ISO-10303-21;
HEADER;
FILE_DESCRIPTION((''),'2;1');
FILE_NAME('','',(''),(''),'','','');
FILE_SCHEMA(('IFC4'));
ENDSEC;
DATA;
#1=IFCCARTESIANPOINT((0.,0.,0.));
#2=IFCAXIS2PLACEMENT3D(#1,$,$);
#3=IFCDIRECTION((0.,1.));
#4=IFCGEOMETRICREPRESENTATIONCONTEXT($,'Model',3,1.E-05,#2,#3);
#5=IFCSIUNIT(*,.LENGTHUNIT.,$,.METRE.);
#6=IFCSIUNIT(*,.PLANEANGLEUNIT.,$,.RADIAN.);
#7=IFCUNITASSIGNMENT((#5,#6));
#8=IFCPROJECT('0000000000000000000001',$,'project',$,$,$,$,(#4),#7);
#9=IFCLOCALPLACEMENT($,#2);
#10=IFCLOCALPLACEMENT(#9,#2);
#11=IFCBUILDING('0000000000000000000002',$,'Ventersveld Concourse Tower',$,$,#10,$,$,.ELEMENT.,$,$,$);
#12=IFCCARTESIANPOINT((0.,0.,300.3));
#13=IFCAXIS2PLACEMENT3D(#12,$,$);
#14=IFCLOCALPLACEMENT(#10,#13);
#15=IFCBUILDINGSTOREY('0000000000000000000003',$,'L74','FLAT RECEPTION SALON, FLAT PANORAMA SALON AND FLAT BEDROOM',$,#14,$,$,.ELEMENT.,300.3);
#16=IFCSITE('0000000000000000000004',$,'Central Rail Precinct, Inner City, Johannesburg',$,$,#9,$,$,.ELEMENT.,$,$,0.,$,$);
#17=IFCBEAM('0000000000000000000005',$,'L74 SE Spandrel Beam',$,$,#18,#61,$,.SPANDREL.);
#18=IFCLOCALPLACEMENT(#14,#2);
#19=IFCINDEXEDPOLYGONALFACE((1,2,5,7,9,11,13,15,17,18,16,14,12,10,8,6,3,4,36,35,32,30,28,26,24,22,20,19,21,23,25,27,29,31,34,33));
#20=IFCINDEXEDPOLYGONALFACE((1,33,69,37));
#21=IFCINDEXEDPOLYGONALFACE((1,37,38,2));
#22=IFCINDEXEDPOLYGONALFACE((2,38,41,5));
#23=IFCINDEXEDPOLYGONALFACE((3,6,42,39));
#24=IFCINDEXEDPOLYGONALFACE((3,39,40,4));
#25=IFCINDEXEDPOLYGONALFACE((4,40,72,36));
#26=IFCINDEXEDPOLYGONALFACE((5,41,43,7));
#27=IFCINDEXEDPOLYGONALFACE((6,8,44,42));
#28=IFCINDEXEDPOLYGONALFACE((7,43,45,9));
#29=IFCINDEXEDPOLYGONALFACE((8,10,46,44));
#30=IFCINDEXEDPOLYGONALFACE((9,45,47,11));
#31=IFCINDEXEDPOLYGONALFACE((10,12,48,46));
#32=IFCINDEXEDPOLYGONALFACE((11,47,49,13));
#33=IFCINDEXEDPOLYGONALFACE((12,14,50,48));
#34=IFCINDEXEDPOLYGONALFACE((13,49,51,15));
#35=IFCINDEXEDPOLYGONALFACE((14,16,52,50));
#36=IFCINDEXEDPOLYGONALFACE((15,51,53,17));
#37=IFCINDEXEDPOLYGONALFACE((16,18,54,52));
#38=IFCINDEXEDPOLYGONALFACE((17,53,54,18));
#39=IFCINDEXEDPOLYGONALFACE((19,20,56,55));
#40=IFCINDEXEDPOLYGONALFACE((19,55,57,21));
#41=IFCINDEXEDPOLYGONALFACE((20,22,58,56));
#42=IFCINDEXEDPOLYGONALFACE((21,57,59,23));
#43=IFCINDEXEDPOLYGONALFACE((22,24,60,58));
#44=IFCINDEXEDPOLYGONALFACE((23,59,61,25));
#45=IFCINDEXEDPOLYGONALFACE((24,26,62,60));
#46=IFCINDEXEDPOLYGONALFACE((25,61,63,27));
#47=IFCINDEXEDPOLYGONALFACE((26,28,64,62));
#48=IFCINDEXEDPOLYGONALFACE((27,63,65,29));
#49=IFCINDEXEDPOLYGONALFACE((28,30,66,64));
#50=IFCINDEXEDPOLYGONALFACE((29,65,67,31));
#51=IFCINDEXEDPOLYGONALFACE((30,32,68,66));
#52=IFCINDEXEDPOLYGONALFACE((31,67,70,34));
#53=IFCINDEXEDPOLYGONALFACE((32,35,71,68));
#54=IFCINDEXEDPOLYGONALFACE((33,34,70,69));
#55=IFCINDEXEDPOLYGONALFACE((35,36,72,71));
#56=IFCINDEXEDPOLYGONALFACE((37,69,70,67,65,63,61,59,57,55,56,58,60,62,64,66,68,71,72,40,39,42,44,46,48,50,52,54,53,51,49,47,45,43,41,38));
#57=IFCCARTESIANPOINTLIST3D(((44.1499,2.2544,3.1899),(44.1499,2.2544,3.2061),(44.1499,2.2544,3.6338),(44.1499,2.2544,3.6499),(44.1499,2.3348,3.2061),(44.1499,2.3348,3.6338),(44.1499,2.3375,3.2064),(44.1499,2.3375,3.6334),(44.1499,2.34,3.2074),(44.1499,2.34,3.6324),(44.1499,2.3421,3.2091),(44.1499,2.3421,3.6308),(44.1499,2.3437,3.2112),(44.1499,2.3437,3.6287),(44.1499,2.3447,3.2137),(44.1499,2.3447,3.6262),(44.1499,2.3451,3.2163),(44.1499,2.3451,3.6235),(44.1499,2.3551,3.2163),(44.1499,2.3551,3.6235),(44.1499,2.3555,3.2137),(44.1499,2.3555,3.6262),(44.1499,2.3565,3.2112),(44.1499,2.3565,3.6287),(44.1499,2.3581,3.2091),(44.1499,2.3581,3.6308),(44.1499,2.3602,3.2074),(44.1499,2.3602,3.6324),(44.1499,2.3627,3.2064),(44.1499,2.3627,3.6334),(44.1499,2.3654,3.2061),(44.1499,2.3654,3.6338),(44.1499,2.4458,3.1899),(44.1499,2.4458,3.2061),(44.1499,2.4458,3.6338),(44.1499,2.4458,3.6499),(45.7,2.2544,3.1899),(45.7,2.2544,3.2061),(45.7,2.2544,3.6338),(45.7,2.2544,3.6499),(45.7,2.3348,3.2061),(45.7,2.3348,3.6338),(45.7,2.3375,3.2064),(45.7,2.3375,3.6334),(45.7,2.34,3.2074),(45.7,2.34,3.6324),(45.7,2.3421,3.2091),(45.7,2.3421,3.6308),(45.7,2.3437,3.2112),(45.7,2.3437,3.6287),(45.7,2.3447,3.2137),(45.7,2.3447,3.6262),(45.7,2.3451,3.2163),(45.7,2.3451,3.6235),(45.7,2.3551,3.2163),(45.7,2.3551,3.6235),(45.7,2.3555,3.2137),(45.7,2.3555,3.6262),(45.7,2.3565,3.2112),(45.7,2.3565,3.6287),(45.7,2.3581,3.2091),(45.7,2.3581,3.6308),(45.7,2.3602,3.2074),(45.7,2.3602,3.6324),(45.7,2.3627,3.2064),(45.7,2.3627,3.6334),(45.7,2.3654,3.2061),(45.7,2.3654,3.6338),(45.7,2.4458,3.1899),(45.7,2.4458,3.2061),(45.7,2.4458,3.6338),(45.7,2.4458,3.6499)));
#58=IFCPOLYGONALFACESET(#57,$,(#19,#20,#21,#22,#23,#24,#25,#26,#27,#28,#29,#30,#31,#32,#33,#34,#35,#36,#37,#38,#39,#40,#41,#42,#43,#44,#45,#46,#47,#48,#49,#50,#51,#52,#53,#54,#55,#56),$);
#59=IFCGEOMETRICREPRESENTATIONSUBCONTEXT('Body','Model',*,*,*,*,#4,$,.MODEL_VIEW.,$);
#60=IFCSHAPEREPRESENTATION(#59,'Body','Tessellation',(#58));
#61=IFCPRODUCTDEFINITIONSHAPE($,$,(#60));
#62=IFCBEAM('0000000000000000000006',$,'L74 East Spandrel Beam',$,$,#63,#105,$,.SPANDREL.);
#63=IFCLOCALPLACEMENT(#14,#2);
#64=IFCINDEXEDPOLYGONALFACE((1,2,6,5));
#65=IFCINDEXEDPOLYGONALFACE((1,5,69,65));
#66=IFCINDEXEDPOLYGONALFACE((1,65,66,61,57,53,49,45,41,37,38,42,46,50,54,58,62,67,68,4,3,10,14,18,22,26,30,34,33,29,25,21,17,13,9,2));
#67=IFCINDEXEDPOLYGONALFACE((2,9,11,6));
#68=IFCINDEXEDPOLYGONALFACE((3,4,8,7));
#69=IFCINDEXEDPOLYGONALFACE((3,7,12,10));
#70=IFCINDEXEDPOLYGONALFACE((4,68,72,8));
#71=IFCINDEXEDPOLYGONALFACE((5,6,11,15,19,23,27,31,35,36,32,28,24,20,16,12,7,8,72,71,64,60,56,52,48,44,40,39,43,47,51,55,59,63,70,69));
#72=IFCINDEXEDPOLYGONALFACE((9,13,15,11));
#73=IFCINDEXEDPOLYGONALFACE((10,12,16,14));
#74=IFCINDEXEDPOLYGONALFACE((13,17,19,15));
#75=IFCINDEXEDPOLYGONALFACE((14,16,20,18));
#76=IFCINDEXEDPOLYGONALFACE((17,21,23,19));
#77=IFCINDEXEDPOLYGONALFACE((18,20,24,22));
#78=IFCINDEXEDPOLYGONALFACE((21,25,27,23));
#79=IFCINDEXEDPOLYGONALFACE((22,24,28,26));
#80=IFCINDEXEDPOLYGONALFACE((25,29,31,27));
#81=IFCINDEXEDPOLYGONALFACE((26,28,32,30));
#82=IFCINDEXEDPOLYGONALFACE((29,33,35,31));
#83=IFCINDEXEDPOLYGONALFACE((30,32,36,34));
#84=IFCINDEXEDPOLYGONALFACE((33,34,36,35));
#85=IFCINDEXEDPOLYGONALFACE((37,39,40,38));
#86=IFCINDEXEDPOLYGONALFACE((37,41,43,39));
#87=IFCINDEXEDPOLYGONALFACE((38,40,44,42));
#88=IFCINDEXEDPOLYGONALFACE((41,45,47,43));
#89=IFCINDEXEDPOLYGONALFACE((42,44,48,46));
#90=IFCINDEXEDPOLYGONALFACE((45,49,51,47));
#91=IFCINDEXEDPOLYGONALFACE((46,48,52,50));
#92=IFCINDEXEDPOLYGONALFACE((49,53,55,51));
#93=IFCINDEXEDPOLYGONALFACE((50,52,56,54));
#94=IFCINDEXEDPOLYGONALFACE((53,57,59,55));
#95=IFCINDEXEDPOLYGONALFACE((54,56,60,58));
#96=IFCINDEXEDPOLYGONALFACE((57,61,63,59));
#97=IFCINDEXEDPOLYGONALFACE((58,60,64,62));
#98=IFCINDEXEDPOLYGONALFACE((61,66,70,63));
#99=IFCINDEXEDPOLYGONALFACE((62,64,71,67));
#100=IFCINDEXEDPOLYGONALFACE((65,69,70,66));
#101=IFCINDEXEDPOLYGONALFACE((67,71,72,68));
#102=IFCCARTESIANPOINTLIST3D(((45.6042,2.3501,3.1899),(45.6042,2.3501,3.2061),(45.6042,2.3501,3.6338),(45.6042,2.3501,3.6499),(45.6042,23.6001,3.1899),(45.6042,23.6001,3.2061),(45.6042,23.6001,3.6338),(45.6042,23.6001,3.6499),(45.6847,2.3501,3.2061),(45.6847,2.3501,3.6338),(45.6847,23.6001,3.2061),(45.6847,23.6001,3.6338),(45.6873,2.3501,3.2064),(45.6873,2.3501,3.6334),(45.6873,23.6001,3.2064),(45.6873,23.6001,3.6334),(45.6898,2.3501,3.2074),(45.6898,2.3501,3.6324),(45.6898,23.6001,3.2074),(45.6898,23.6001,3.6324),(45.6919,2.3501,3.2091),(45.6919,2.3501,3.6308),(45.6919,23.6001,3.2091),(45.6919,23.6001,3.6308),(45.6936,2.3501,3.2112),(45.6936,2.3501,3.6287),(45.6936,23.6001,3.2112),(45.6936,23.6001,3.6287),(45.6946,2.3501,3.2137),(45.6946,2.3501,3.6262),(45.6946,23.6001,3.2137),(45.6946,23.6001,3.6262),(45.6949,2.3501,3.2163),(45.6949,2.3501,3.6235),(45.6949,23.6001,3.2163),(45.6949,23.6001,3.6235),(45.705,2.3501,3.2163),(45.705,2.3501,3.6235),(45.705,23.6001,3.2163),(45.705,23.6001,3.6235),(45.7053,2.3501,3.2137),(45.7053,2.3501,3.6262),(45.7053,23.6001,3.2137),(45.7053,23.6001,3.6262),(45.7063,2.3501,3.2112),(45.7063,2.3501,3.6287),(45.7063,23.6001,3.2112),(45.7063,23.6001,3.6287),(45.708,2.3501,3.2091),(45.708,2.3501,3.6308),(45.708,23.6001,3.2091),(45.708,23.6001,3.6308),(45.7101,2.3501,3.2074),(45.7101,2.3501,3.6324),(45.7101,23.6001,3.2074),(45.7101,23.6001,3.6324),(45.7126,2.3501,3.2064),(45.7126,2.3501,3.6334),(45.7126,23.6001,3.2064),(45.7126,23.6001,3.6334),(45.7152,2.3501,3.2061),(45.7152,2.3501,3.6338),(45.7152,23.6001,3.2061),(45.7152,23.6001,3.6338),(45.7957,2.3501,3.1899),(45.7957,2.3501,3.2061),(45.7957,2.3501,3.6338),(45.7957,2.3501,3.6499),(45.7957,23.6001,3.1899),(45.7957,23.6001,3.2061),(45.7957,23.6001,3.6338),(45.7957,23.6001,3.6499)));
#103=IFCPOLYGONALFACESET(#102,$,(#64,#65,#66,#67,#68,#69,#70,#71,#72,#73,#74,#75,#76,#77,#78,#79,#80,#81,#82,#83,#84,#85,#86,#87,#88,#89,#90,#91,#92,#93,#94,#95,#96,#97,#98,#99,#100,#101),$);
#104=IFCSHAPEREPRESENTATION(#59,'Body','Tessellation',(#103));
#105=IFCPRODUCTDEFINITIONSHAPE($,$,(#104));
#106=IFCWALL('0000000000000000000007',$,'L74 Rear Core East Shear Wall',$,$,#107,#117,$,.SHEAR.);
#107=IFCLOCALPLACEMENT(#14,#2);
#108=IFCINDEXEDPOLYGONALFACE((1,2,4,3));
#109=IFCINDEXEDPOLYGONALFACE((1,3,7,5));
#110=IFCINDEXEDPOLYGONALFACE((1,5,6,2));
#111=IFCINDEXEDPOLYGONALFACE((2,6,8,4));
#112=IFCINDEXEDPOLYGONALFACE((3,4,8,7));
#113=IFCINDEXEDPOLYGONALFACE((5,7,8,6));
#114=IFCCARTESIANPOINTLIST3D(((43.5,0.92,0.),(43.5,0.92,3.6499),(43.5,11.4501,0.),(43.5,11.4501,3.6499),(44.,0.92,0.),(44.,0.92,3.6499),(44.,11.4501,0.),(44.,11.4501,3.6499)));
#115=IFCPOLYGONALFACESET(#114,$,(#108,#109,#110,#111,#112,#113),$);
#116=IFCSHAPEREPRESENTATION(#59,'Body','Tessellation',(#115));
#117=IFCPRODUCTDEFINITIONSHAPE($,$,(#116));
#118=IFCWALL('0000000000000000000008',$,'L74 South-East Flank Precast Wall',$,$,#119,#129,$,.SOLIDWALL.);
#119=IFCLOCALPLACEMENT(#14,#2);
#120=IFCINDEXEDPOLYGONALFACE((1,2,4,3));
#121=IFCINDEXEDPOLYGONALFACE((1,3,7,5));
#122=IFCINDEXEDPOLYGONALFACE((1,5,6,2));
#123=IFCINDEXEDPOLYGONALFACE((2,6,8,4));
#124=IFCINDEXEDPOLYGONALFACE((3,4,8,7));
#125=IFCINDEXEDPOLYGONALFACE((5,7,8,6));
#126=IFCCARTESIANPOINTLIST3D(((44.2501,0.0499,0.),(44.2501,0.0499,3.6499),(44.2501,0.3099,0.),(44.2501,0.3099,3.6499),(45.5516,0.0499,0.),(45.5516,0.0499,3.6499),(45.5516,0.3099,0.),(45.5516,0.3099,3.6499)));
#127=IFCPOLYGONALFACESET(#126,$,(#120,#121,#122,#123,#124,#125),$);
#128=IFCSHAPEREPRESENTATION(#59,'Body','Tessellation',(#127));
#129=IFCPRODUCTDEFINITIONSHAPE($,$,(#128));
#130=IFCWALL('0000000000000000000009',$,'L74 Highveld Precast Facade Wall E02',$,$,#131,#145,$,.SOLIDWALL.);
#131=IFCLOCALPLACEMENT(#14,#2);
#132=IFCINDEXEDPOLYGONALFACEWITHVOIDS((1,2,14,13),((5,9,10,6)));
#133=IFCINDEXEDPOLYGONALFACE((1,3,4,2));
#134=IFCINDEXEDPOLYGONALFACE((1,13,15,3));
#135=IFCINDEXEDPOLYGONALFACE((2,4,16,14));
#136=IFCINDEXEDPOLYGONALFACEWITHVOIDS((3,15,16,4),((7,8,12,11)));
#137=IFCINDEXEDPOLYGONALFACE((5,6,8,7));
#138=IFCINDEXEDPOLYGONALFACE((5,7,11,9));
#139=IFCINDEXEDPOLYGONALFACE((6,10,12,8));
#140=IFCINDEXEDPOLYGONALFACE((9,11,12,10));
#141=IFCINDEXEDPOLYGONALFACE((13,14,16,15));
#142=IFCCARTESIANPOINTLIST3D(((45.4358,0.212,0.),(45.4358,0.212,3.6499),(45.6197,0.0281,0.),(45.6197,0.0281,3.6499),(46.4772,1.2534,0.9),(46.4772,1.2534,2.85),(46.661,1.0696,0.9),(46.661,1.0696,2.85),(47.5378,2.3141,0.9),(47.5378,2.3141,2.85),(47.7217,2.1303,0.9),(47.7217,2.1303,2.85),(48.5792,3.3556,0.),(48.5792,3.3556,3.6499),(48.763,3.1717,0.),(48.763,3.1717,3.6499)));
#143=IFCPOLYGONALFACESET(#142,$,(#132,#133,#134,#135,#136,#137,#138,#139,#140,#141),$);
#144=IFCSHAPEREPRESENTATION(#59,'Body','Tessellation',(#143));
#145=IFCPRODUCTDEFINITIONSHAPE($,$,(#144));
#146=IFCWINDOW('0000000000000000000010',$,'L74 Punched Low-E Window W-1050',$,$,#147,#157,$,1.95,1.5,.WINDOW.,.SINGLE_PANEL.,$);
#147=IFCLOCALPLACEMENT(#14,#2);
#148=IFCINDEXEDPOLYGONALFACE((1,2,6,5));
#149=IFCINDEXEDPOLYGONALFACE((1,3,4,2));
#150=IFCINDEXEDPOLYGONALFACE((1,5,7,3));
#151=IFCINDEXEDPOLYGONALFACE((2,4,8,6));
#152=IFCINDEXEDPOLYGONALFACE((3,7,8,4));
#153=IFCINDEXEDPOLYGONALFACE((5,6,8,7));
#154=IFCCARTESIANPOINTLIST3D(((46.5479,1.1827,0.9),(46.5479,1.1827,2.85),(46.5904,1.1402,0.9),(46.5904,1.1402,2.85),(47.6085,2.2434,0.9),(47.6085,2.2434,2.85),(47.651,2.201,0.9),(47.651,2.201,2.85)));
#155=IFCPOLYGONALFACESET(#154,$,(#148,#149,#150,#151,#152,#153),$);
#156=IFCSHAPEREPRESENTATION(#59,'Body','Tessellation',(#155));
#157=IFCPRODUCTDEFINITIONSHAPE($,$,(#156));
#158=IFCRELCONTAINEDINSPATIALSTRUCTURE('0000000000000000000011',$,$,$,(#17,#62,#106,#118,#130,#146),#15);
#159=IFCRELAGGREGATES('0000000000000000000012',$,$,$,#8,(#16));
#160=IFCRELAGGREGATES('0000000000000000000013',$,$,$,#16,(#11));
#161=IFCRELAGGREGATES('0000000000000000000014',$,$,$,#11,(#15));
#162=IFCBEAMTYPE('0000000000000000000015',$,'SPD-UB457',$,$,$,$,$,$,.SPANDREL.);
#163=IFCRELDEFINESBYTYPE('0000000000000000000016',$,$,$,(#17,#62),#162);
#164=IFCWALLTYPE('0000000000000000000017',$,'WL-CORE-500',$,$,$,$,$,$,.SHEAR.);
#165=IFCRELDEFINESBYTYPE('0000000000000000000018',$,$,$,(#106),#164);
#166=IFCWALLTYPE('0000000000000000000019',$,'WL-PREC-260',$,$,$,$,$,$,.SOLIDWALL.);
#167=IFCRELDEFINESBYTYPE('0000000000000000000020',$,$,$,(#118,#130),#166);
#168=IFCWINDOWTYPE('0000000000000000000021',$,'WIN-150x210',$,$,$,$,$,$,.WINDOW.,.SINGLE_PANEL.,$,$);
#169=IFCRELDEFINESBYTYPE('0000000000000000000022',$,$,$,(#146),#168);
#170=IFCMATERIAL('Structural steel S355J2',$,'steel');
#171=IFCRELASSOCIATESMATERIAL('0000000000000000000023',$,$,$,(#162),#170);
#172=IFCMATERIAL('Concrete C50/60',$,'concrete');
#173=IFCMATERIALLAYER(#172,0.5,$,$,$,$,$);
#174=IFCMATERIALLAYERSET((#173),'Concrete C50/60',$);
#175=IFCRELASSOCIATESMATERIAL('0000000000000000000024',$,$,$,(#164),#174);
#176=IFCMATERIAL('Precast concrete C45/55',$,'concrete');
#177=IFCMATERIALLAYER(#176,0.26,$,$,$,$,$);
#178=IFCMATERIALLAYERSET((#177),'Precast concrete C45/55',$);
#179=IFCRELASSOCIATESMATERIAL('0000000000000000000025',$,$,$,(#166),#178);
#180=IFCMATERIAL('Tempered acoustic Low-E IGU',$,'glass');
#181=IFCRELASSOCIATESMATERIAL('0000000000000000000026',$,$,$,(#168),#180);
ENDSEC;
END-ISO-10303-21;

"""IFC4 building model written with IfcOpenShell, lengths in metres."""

from ifc_helpers import new_model, si_unit, direction, frame, frame_2d, origin, origin_2d, place, context, subcontext, project, spatial, rectangle, i_section, extrude, material, layer, layer_set, material_profile, profile_set, type_object, element, fill, save


model = new_model("IFC4")

# Units and contexts
model_context = context("Model", 3, precision=1e-05, world=origin(), true_north=direction((0.0, 1.0)))
body_context = subcontext(model_context, "Body", "Model", "MODEL_VIEW")
ifc_project = project(units=[si_unit("LENGTHUNIT", "METRE"), si_unit("PLANEANGLEUNIT", "RADIAN")], contexts=[model_context])

# Site, building, storey
site_placement = place(None, origin())
site = spatial("IfcSite", under=ifc_project, at=site_placement, Name="Central Rail Precinct, Inner City, Johannesburg", CompositionType="ELEMENT", RefElevation=0.0)
building_placement = place(site_placement, origin())
building = spatial("IfcBuilding", under=site, at=building_placement, Name="Ventersveld Concourse Tower", CompositionType="ELEMENT")
storey_placement = place(building_placement, frame((0.0, 0.0, 300.3)))
storey = spatial("IfcBuildingStorey", under=building, at=storey_placement, Name="L74", Description="FLAT RECEPTION SALON, FLAT PANORAMA SALON AND FLAT BEDROOM", CompositionType="ELEMENT", Elevation=300.3)

# Shared definitions
ifc_material_1 = material(Name="Concrete C50/60", Category="concrete")

# Shared definitions
ifc_material_2 = material(Name="Structural steel S355J2", Category="steel")

# Beams
ifc_material_profile_1 = material_profile(ifc_material_2, i_section(OverallWidth=0.1914, OverallDepth=0.46, WebThickness=0.01, FlangeThickness=0.0161, FilletRadius=0.0103, at=origin_2d()), Name="UB 457x191x82")
ifc_profile_set_1 = profile_set([ifc_material_profile_1], Name="Structural steel S355J2")
beam_type_1 = type_object("IfcBeamType", Name="SPD-UB457", PredefinedType="SPANDREL", material=ifc_profile_set_1)
beam_1_placement = place(storey_placement, frame((44.1499, 2.3501, 3.4199), z_axis=(1.0, 0.0, 0.0), x_axis=(0.0, 1.0, 0.0)))
element("IfcBeam", 1, at=beam_1_placement, inside=storey, type_object=beam_type_1, Name="L74 SE Spandrel Beam", PredefinedType="SPANDREL", context=body_context, shape_type="SweptSolid", body=[
    extrude(i_section(OverallWidth=0.1914, OverallDepth=0.46, WebThickness=0.01, FlangeThickness=0.0161, FilletRadius=0.0103, at=origin_2d()), origin(), (0.0, 0.0, 1.0), 1.55),
])
beam_2_placement = place(storey_placement, frame((45.7, 2.3501, 3.4199), z_axis=(0.0, 1.0, 0.0), x_axis=(-1.0, 0.0, 0.0)))
element("IfcBeam", 2, at=beam_2_placement, inside=storey, type_object=beam_type_1, Name="L74 East Spandrel Beam", PredefinedType="SPANDREL", context=body_context, shape_type="SweptSolid", body=[
    extrude(i_section(OverallWidth=0.1914, OverallDepth=0.46, WebThickness=0.01, FlangeThickness=0.0161, FilletRadius=0.0103, at=origin_2d()), origin(), (0.0, 0.0, 1.0), 21.25),
])

# Walls
ifc_layer_1 = layer(ifc_material_1, 0.5)
ifc_layer_set_1 = layer_set([ifc_layer_1], Name="Concrete C50/60")
wall_type_1 = type_object("IfcWallType", Name="WL-CORE-500", PredefinedType="SHEAR", material=ifc_layer_set_1)
wall_1_placement = place(storey_placement, frame((43.75, 0.9199, 0.0), z_axis=(0.0, 0.0, 1.0), x_axis=(0.0, 1.0, 0.0)))
element("IfcWall", 3, at=wall_1_placement, inside=storey, type_object=wall_type_1, Name="L74 Rear Core East Shear Wall", PredefinedType="SHEAR", context=body_context, shape_type="SweptSolid", body=[
    extrude(rectangle(XDim=10.53, YDim=0.5, at=frame_2d((5.2651, 0.0))), origin(), (0.0, 0.0, 1.0), 3.6499),
])
ifc_material_3 = material(Name="Precast concrete C45/55", Category="concrete")
ifc_layer_2 = layer(ifc_material_3, 0.26)
ifc_layer_set_2 = layer_set([ifc_layer_2], Name="Precast concrete C45/55")
wall_type_2 = type_object("IfcWallType", Name="WL-PREC-260", PredefinedType="SOLIDWALL", material=ifc_layer_set_2)
wall_2_placement = place(storey_placement, frame((44.25, 0.1799, 0.0), z_axis=(0.0, 0.0, 1.0), x_axis=(1.0, 0.0, 0.0)))
element("IfcWall", 4, at=wall_2_placement, inside=storey, type_object=wall_type_2, Name="L74 South-East Flank Precast Wall", PredefinedType="SOLIDWALL", context=body_context, shape_type="SweptSolid", body=[
    extrude(rectangle(XDim=1.3015, YDim=0.26, at=frame_2d((0.6509, 0.0))), origin(), (0.0, 0.0, 1.0), 3.6499),
])

# Wall, opening, window
wall_3_placement = place(storey_placement, frame((45.5278, 0.1201, 0.0), z_axis=(0.0, 0.0, 1.0), x_axis=(0.707079, 0.707134, 0.0)))
wall_3 = element("IfcWall", 5, at=wall_3_placement, inside=storey, type_object=wall_type_2, Name="L74 Highveld Precast Facade Wall E02", PredefinedType="SOLIDWALL", context=body_context, shape_type="SweptSolid", body=[
    extrude(rectangle(XDim=4.4456, YDim=0.26, at=frame_2d((2.2227, 0.0))), origin(), (0.0, 0.0, 1.0), 3.6499),
])
opening_1_placement = place(wall_3_placement, frame((1.4727, 0.0, 0.8999)))
opening_1 = element("IfcOpeningElement", 6, at=opening_1_placement, cuts=wall_3, PredefinedType="OPENING", context=body_context, shape_type="SweptSolid", body=[
    extrude(rectangle(XDim=1.5, YDim=1.95, at=frame_2d((0.75, 0.9751))), frame((0.0, 0.1401, 0.0), z_axis=(0.0, -1.0, 0.0), x_axis=(1.0, 0.0, 0.0)), (0.0, 0.0, 1.0), 0.28),
])
ifc_material_4 = material(Name="Tempered acoustic Low-E IGU", Category="glass")
window_type_1 = type_object("IfcWindowType", Name="WIN-150x210", PartitioningType="SINGLE_PANEL", PredefinedType="WINDOW", material=ifc_material_4)
window_1_placement = place(opening_1_placement, origin())
window_1 = element("IfcWindow", 7, at=window_1_placement, inside=storey, type_object=window_type_1, Name="L74 Punched Low-E Window W-1050", OverallHeight=1.95, OverallWidth=1.5, PartitioningType="SINGLE_PANEL", PredefinedType="WINDOW", context=body_context, shape_type="SweptSolid", body=[
    extrude(rectangle(XDim=1.5, YDim=1.95, at=frame_2d((0.75, 0.9751))), frame((0.0, 0.03, 0.0), z_axis=(0.0, -1.0, 0.0), x_axis=(1.0, 0.0, 0.0)), (0.0, 0.0, 1.0), 0.0601),
])
fill(opening_1, window_1)

save(model, "model.ifc")
